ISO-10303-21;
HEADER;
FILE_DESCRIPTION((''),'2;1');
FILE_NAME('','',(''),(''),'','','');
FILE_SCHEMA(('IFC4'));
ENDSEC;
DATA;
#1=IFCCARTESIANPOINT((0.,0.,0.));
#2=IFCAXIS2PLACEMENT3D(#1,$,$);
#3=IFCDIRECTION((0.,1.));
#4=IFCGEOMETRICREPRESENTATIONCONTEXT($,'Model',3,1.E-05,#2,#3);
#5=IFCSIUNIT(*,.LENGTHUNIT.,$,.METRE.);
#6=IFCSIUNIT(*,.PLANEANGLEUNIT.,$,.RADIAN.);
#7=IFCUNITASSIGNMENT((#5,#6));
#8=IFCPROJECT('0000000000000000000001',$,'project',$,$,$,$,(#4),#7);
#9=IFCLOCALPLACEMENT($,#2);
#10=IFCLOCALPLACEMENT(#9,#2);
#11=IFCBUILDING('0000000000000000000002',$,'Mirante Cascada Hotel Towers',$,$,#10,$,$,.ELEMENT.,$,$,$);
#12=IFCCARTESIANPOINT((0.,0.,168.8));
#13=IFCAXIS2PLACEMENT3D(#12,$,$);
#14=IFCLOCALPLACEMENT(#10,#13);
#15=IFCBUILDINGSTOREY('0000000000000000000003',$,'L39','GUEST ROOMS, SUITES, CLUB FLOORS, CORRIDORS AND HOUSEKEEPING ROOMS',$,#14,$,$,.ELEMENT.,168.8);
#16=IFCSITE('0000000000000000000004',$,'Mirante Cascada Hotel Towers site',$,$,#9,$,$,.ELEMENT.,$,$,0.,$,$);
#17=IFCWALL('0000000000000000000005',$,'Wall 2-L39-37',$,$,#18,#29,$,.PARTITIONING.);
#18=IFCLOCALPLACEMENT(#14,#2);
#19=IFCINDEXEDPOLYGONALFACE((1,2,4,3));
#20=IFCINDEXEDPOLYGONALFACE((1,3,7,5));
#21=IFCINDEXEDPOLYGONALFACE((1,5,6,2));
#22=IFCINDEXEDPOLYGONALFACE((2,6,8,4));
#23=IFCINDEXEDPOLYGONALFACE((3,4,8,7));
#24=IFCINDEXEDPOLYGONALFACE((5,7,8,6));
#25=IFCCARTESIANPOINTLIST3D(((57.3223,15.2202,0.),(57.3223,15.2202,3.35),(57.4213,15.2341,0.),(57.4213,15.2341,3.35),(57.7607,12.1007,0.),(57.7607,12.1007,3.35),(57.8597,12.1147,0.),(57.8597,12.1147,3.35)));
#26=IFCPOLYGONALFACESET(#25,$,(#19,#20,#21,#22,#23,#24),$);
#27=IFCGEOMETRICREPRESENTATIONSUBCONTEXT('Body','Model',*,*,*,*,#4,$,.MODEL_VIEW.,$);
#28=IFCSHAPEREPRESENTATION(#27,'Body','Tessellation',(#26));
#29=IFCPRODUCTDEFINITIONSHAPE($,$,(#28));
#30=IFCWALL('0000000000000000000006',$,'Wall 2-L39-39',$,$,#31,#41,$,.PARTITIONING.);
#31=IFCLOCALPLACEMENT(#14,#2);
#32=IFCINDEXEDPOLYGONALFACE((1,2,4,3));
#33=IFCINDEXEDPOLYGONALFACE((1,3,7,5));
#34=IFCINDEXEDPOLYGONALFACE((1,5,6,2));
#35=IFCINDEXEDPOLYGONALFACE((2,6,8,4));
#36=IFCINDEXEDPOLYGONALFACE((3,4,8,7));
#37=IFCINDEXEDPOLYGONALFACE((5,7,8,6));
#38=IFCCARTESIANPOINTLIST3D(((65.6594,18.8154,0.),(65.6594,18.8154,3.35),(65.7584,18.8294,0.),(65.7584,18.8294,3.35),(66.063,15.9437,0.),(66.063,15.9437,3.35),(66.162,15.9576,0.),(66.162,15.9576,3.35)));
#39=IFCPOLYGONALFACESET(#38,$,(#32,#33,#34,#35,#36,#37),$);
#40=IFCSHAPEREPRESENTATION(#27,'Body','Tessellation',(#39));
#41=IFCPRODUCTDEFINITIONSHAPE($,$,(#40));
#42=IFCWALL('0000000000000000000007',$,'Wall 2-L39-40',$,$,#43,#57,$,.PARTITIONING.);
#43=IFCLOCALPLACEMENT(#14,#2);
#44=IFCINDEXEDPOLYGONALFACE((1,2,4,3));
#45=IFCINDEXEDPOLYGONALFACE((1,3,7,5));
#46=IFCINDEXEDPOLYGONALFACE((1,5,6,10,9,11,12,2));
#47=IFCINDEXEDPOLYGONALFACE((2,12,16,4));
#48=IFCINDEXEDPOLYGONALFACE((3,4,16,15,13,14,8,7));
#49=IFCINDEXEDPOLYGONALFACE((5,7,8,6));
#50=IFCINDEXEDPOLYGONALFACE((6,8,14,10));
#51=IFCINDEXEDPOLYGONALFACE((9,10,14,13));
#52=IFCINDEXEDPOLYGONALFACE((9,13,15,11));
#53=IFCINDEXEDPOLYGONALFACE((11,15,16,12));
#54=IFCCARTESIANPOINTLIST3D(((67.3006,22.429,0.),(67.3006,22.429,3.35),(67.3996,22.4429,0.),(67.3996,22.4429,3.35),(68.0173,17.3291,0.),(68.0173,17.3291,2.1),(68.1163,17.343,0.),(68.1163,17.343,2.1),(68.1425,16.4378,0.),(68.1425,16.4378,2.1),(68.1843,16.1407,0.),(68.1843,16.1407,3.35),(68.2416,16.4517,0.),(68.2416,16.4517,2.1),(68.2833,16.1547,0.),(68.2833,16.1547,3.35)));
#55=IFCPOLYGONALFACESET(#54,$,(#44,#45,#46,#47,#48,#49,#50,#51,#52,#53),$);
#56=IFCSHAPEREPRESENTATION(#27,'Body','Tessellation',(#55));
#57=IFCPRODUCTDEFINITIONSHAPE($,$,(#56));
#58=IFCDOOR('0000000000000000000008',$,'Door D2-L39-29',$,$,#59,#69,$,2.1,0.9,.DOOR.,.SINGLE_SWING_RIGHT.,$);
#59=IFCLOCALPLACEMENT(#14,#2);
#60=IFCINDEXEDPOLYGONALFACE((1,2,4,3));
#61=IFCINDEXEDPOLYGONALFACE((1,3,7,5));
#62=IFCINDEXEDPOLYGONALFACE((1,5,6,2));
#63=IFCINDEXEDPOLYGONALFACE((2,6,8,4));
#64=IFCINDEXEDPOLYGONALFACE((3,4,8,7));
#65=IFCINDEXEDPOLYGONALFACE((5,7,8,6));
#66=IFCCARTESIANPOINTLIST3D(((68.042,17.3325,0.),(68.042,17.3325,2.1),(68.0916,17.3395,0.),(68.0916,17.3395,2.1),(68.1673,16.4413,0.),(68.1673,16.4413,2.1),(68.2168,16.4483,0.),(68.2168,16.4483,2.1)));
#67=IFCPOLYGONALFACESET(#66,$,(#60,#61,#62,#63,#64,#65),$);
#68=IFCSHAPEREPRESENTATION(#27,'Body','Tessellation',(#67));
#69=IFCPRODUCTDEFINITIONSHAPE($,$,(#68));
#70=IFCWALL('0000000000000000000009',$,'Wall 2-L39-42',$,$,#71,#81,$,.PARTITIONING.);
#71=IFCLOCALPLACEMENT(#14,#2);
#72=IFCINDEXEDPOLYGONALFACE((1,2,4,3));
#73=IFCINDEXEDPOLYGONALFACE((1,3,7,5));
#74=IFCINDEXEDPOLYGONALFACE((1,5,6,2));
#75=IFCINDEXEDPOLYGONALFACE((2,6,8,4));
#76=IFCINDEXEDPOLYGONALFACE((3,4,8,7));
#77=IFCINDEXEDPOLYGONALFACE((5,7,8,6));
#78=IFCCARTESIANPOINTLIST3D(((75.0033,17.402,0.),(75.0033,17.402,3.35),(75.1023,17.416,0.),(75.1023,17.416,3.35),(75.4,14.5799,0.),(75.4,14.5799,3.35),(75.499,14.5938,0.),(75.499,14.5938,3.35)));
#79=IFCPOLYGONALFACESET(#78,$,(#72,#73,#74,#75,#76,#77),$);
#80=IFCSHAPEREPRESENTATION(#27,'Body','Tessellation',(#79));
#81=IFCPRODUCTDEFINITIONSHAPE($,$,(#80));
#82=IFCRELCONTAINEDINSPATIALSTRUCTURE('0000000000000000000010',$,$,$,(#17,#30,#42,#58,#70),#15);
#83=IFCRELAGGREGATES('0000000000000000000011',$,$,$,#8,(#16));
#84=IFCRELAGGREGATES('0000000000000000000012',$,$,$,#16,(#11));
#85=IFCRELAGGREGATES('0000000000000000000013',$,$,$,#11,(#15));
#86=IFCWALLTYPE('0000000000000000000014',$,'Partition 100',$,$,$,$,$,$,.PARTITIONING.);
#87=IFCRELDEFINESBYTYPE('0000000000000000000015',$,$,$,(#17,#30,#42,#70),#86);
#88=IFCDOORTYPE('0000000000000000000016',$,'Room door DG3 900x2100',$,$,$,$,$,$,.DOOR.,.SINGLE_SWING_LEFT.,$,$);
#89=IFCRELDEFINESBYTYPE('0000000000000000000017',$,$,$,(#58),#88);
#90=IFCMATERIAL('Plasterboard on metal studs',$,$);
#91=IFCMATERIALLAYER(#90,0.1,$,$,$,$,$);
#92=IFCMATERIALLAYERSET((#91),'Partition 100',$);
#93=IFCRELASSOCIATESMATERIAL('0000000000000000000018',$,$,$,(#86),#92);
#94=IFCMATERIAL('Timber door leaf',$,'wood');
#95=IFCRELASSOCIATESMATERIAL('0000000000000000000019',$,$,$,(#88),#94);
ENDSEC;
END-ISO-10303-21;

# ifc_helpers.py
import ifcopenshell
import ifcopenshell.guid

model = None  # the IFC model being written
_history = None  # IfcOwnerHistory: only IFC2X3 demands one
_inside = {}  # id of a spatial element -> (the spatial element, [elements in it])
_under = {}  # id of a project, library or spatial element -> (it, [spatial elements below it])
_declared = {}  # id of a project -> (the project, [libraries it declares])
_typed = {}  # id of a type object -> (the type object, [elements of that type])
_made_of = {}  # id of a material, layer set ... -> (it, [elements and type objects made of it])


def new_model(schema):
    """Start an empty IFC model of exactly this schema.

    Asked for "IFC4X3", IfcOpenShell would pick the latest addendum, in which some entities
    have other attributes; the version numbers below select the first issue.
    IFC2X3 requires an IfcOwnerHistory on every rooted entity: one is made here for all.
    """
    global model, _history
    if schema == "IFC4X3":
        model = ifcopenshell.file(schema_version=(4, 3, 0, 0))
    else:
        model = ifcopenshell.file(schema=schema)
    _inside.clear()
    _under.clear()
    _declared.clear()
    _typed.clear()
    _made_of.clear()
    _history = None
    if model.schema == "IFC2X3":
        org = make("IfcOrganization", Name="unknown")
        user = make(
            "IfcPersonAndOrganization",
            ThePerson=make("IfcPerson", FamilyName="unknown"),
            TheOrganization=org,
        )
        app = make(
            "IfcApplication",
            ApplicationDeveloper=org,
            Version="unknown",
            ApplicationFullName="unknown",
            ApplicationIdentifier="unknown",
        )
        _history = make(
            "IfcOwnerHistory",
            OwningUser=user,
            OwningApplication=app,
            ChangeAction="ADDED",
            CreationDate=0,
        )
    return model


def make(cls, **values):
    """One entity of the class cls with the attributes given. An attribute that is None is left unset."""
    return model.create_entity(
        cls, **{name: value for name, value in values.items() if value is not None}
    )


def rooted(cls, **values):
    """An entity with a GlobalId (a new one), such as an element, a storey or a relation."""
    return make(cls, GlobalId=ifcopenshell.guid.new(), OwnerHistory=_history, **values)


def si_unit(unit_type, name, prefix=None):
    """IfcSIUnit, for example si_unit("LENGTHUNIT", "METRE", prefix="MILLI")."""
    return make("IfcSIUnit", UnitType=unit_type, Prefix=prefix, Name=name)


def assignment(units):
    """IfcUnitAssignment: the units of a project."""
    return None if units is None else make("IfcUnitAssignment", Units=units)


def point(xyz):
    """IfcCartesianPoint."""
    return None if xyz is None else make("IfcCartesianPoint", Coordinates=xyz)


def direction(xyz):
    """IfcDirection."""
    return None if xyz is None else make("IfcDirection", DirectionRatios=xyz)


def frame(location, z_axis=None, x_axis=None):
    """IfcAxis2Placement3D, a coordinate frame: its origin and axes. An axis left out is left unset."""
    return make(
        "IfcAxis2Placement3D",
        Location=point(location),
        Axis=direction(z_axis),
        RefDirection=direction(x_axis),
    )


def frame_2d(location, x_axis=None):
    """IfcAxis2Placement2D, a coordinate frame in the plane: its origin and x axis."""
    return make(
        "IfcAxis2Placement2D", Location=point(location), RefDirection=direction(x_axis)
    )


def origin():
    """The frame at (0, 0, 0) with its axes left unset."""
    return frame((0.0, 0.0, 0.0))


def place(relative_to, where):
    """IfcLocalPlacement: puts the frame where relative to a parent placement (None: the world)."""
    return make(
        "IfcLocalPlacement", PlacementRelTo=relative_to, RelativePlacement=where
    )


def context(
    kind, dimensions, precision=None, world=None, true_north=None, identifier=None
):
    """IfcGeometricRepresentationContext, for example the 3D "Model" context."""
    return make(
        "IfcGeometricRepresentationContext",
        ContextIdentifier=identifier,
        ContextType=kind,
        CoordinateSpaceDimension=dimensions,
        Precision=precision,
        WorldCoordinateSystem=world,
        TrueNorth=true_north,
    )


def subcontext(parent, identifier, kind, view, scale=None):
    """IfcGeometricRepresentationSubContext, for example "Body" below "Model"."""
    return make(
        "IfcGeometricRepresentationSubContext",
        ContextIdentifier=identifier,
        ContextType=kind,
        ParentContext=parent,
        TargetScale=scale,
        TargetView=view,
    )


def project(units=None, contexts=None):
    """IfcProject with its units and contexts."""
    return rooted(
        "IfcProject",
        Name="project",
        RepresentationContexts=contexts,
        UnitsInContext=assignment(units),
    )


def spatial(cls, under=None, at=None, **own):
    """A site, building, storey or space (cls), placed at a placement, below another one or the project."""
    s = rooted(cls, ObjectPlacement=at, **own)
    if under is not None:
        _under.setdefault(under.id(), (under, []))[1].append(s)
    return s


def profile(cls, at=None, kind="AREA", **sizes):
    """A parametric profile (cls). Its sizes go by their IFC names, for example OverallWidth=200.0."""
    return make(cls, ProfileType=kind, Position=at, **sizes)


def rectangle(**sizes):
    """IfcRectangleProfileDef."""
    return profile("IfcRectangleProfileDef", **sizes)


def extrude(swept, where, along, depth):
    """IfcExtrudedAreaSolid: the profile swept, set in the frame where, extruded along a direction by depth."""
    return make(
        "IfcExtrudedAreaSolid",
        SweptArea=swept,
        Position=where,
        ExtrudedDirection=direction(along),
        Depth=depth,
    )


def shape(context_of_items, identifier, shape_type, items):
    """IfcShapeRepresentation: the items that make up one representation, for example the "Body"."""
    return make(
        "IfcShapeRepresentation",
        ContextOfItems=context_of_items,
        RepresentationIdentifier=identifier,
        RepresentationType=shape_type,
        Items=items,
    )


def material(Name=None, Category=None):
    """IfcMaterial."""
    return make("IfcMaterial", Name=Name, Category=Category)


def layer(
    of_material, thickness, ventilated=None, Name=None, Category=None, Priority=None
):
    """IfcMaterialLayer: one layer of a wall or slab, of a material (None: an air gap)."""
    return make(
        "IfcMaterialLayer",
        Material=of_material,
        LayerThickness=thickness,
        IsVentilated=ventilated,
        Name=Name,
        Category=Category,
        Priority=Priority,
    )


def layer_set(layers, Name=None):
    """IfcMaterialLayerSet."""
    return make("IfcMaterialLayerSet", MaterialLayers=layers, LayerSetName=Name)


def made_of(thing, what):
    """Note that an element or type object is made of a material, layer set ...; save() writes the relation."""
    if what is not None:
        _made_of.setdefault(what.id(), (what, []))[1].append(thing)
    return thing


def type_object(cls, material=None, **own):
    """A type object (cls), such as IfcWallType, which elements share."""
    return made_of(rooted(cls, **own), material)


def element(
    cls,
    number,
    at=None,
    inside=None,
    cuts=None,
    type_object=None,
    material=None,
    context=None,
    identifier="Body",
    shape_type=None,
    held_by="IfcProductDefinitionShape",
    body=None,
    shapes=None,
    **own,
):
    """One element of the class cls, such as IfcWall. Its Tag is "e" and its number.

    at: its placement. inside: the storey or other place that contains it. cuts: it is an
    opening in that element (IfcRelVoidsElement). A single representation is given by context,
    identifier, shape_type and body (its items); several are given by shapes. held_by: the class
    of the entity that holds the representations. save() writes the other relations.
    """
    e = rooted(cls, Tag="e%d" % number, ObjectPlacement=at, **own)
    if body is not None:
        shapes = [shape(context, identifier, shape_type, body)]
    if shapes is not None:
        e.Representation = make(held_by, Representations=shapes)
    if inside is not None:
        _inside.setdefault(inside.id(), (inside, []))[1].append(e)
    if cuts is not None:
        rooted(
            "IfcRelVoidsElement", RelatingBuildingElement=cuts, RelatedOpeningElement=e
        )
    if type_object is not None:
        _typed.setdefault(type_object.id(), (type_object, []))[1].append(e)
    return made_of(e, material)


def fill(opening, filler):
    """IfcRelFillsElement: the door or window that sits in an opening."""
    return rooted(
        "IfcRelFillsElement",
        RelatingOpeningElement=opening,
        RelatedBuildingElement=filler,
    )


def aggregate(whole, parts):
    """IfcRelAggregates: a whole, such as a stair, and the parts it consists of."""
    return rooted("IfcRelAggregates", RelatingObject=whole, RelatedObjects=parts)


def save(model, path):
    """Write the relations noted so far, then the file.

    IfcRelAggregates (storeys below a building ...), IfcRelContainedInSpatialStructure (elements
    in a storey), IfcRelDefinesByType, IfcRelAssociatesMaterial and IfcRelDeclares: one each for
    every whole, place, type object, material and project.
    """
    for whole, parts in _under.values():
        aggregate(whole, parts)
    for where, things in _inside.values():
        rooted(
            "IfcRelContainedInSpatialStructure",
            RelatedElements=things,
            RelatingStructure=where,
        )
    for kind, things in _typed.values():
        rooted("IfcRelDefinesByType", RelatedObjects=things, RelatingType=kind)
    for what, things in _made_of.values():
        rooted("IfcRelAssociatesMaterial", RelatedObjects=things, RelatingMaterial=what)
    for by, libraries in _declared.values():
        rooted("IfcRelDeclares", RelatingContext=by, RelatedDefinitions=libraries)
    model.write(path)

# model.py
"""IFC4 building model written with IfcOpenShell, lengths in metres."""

from ifc_helpers import new_model, si_unit, direction, frame, frame_2d, origin, place, context, subcontext, project, spatial, rectangle, extrude, material, layer, layer_set, type_object, element, fill, save


model = new_model("IFC4")

# Units and contexts
model_context = context("Model", 3, precision=1e-05, world=origin(), true_north=direction((0.0, 1.0)))
body_context = subcontext(model_context, "Body", "Model", "MODEL_VIEW")
ifc_project = project(units=[si_unit("LENGTHUNIT", "METRE"), si_unit("PLANEANGLEUNIT", "RADIAN")], contexts=[model_context])

# Site, building, storey
site_placement = place(None, origin())
site = spatial("IfcSite", under=ifc_project, at=site_placement, Name="Mirante Cascada Hotel Towers site", CompositionType="ELEMENT", RefElevation=0.0)
building_placement = place(site_placement, origin())
building = spatial("IfcBuilding", under=site, at=building_placement, Name="Mirante Cascada Hotel Towers", CompositionType="ELEMENT")
storey_placement = place(building_placement, frame((0.0, 0.0, 168.8)))
storey = spatial("IfcBuildingStorey", under=building, at=storey_placement, Name="L39", Description="GUEST ROOMS, SUITES, CLUB FLOORS, CORRIDORS AND HOUSEKEEPING ROOMS", CompositionType="ELEMENT", Elevation=168.8)

# Shared definitions
ifc_material_1 = material(Name="Plasterboard on metal studs")
ifc_layer_1 = layer(ifc_material_1, 0.1)
ifc_layer_set_1 = layer_set([ifc_layer_1], Name="Partition 100")
wall_type_1 = type_object("IfcWallType", Name="Partition 100", PredefinedType="PARTITIONING", material=ifc_layer_set_1)

# Shared definitions
ifc_material_2 = material(Name="Timber door leaf", Category="wood")
door_type_1 = type_object("IfcDoorType", Name="Room door DG3 900x2100", OperationType="SINGLE_SWING_LEFT", PredefinedType="DOOR", material=ifc_material_2)

# Walls
wall_1_placement = place(storey_placement, frame((57.3718, 15.2271, 0.0), z_axis=(0.0, 0.0, 1.0), x_axis=(0.139172, -0.990268, 0.0)))
element("IfcWall", 1, at=wall_1_placement, inside=storey, type_object=wall_type_1, Name="Wall 2-L39-37", PredefinedType="PARTITIONING", context=body_context, shape_type="SweptSolid", body=[
    extrude(rectangle(XDim=3.1501, YDim=0.1, at=frame_2d((1.575, 0.0))), origin(), (0.0, 0.0, 1.0), 3.35),
])
wall_2_placement = place(storey_placement, frame((65.7089, 18.8224, 0.0), z_axis=(0.0, 0.0, 1.0), x_axis=(0.139171, -0.990268, 0.0)))
element("IfcWall", 2, at=wall_2_placement, inside=storey, type_object=wall_type_1, Name="Wall 2-L39-39", PredefinedType="PARTITIONING", context=body_context, shape_type="SweptSolid", body=[
    extrude(rectangle(XDim=2.9, YDim=0.1, at=frame_2d((1.45, 0.0))), origin(), (0.0, 0.0, 1.0), 3.35),
])

# Wall, opening, door
wall_3_placement = place(storey_placement, frame((68.2338, 16.1477, 0.0), z_axis=(0.0, 0.0, 1.0), x_axis=(-0.139166, 0.990269, 0.0)))
wall_3 = element("IfcWall", 3, at=wall_3_placement, inside=storey, type_object=wall_type_1, Name="Wall 2-L39-40", PredefinedType="PARTITIONING", context=body_context, shape_type="SweptSolid", body=[
    extrude(rectangle(XDim=6.35, YDim=0.1, at=frame_2d((3.175, 0.0))), origin(), (0.0, 0.0, 1.0), 3.35),
])
opening_1_placement = place(wall_3_placement, frame((0.3, 0.0, 0.0)))
opening_1 = element("IfcOpeningElement", 4, at=opening_1_placement, cuts=wall_3, PredefinedType="OPENING", context=body_context, shape_type="SweptSolid", body=[
    extrude(rectangle(XDim=0.9, YDim=2.1, at=frame_2d((0.45, 1.05))), frame((0.0, 0.05, 0.0), z_axis=(0.0, -1.0, 0.0), x_axis=(1.0, 0.0, 0.0)), (0.0, 0.0, 1.0), 0.1),
])
door_1_placement = place(opening_1_placement, frame((0.9, 0.0, 0.0), z_axis=(0.0, 0.0, 1.0), x_axis=(-1.0, 0.0, 0.0)))
door_1 = element("IfcDoor", 5, at=door_1_placement, inside=storey, type_object=door_type_1, Name="Door D2-L39-29", OperationType="SINGLE_SWING_RIGHT", OverallHeight=2.1, OverallWidth=0.9, PredefinedType="DOOR", context=body_context, shape_type="SweptSolid", body=[
    extrude(rectangle(XDim=0.9, YDim=2.1, at=frame_2d((0.45, 1.05))), frame((0.0, 0.025, 0.0), z_axis=(0.0, -1.0, 0.0), x_axis=(1.0, 0.0, 0.0)), (0.0, 0.0, 1.0), 0.05),
])
fill(opening_1, door_1)

# Wall
wall_4_placement = place(storey_placement, frame((75.4495, 14.5868, 0.0), z_axis=(0.0, 0.0, 1.0), x_axis=(-0.139196, 0.990265, 0.0)))
element("IfcWall", 6, at=wall_4_placement, inside=storey, type_object=wall_type_1, Name="Wall 2-L39-42", PredefinedType="PARTITIONING", context=body_context, shape_type="SweptSolid", body=[
    extrude(rectangle(XDim=2.8499, YDim=0.1, at=frame_2d((1.425, 0.0))), origin(), (0.0, 0.0, 1.0), 3.35),
])

save(model, "model.ifc")
